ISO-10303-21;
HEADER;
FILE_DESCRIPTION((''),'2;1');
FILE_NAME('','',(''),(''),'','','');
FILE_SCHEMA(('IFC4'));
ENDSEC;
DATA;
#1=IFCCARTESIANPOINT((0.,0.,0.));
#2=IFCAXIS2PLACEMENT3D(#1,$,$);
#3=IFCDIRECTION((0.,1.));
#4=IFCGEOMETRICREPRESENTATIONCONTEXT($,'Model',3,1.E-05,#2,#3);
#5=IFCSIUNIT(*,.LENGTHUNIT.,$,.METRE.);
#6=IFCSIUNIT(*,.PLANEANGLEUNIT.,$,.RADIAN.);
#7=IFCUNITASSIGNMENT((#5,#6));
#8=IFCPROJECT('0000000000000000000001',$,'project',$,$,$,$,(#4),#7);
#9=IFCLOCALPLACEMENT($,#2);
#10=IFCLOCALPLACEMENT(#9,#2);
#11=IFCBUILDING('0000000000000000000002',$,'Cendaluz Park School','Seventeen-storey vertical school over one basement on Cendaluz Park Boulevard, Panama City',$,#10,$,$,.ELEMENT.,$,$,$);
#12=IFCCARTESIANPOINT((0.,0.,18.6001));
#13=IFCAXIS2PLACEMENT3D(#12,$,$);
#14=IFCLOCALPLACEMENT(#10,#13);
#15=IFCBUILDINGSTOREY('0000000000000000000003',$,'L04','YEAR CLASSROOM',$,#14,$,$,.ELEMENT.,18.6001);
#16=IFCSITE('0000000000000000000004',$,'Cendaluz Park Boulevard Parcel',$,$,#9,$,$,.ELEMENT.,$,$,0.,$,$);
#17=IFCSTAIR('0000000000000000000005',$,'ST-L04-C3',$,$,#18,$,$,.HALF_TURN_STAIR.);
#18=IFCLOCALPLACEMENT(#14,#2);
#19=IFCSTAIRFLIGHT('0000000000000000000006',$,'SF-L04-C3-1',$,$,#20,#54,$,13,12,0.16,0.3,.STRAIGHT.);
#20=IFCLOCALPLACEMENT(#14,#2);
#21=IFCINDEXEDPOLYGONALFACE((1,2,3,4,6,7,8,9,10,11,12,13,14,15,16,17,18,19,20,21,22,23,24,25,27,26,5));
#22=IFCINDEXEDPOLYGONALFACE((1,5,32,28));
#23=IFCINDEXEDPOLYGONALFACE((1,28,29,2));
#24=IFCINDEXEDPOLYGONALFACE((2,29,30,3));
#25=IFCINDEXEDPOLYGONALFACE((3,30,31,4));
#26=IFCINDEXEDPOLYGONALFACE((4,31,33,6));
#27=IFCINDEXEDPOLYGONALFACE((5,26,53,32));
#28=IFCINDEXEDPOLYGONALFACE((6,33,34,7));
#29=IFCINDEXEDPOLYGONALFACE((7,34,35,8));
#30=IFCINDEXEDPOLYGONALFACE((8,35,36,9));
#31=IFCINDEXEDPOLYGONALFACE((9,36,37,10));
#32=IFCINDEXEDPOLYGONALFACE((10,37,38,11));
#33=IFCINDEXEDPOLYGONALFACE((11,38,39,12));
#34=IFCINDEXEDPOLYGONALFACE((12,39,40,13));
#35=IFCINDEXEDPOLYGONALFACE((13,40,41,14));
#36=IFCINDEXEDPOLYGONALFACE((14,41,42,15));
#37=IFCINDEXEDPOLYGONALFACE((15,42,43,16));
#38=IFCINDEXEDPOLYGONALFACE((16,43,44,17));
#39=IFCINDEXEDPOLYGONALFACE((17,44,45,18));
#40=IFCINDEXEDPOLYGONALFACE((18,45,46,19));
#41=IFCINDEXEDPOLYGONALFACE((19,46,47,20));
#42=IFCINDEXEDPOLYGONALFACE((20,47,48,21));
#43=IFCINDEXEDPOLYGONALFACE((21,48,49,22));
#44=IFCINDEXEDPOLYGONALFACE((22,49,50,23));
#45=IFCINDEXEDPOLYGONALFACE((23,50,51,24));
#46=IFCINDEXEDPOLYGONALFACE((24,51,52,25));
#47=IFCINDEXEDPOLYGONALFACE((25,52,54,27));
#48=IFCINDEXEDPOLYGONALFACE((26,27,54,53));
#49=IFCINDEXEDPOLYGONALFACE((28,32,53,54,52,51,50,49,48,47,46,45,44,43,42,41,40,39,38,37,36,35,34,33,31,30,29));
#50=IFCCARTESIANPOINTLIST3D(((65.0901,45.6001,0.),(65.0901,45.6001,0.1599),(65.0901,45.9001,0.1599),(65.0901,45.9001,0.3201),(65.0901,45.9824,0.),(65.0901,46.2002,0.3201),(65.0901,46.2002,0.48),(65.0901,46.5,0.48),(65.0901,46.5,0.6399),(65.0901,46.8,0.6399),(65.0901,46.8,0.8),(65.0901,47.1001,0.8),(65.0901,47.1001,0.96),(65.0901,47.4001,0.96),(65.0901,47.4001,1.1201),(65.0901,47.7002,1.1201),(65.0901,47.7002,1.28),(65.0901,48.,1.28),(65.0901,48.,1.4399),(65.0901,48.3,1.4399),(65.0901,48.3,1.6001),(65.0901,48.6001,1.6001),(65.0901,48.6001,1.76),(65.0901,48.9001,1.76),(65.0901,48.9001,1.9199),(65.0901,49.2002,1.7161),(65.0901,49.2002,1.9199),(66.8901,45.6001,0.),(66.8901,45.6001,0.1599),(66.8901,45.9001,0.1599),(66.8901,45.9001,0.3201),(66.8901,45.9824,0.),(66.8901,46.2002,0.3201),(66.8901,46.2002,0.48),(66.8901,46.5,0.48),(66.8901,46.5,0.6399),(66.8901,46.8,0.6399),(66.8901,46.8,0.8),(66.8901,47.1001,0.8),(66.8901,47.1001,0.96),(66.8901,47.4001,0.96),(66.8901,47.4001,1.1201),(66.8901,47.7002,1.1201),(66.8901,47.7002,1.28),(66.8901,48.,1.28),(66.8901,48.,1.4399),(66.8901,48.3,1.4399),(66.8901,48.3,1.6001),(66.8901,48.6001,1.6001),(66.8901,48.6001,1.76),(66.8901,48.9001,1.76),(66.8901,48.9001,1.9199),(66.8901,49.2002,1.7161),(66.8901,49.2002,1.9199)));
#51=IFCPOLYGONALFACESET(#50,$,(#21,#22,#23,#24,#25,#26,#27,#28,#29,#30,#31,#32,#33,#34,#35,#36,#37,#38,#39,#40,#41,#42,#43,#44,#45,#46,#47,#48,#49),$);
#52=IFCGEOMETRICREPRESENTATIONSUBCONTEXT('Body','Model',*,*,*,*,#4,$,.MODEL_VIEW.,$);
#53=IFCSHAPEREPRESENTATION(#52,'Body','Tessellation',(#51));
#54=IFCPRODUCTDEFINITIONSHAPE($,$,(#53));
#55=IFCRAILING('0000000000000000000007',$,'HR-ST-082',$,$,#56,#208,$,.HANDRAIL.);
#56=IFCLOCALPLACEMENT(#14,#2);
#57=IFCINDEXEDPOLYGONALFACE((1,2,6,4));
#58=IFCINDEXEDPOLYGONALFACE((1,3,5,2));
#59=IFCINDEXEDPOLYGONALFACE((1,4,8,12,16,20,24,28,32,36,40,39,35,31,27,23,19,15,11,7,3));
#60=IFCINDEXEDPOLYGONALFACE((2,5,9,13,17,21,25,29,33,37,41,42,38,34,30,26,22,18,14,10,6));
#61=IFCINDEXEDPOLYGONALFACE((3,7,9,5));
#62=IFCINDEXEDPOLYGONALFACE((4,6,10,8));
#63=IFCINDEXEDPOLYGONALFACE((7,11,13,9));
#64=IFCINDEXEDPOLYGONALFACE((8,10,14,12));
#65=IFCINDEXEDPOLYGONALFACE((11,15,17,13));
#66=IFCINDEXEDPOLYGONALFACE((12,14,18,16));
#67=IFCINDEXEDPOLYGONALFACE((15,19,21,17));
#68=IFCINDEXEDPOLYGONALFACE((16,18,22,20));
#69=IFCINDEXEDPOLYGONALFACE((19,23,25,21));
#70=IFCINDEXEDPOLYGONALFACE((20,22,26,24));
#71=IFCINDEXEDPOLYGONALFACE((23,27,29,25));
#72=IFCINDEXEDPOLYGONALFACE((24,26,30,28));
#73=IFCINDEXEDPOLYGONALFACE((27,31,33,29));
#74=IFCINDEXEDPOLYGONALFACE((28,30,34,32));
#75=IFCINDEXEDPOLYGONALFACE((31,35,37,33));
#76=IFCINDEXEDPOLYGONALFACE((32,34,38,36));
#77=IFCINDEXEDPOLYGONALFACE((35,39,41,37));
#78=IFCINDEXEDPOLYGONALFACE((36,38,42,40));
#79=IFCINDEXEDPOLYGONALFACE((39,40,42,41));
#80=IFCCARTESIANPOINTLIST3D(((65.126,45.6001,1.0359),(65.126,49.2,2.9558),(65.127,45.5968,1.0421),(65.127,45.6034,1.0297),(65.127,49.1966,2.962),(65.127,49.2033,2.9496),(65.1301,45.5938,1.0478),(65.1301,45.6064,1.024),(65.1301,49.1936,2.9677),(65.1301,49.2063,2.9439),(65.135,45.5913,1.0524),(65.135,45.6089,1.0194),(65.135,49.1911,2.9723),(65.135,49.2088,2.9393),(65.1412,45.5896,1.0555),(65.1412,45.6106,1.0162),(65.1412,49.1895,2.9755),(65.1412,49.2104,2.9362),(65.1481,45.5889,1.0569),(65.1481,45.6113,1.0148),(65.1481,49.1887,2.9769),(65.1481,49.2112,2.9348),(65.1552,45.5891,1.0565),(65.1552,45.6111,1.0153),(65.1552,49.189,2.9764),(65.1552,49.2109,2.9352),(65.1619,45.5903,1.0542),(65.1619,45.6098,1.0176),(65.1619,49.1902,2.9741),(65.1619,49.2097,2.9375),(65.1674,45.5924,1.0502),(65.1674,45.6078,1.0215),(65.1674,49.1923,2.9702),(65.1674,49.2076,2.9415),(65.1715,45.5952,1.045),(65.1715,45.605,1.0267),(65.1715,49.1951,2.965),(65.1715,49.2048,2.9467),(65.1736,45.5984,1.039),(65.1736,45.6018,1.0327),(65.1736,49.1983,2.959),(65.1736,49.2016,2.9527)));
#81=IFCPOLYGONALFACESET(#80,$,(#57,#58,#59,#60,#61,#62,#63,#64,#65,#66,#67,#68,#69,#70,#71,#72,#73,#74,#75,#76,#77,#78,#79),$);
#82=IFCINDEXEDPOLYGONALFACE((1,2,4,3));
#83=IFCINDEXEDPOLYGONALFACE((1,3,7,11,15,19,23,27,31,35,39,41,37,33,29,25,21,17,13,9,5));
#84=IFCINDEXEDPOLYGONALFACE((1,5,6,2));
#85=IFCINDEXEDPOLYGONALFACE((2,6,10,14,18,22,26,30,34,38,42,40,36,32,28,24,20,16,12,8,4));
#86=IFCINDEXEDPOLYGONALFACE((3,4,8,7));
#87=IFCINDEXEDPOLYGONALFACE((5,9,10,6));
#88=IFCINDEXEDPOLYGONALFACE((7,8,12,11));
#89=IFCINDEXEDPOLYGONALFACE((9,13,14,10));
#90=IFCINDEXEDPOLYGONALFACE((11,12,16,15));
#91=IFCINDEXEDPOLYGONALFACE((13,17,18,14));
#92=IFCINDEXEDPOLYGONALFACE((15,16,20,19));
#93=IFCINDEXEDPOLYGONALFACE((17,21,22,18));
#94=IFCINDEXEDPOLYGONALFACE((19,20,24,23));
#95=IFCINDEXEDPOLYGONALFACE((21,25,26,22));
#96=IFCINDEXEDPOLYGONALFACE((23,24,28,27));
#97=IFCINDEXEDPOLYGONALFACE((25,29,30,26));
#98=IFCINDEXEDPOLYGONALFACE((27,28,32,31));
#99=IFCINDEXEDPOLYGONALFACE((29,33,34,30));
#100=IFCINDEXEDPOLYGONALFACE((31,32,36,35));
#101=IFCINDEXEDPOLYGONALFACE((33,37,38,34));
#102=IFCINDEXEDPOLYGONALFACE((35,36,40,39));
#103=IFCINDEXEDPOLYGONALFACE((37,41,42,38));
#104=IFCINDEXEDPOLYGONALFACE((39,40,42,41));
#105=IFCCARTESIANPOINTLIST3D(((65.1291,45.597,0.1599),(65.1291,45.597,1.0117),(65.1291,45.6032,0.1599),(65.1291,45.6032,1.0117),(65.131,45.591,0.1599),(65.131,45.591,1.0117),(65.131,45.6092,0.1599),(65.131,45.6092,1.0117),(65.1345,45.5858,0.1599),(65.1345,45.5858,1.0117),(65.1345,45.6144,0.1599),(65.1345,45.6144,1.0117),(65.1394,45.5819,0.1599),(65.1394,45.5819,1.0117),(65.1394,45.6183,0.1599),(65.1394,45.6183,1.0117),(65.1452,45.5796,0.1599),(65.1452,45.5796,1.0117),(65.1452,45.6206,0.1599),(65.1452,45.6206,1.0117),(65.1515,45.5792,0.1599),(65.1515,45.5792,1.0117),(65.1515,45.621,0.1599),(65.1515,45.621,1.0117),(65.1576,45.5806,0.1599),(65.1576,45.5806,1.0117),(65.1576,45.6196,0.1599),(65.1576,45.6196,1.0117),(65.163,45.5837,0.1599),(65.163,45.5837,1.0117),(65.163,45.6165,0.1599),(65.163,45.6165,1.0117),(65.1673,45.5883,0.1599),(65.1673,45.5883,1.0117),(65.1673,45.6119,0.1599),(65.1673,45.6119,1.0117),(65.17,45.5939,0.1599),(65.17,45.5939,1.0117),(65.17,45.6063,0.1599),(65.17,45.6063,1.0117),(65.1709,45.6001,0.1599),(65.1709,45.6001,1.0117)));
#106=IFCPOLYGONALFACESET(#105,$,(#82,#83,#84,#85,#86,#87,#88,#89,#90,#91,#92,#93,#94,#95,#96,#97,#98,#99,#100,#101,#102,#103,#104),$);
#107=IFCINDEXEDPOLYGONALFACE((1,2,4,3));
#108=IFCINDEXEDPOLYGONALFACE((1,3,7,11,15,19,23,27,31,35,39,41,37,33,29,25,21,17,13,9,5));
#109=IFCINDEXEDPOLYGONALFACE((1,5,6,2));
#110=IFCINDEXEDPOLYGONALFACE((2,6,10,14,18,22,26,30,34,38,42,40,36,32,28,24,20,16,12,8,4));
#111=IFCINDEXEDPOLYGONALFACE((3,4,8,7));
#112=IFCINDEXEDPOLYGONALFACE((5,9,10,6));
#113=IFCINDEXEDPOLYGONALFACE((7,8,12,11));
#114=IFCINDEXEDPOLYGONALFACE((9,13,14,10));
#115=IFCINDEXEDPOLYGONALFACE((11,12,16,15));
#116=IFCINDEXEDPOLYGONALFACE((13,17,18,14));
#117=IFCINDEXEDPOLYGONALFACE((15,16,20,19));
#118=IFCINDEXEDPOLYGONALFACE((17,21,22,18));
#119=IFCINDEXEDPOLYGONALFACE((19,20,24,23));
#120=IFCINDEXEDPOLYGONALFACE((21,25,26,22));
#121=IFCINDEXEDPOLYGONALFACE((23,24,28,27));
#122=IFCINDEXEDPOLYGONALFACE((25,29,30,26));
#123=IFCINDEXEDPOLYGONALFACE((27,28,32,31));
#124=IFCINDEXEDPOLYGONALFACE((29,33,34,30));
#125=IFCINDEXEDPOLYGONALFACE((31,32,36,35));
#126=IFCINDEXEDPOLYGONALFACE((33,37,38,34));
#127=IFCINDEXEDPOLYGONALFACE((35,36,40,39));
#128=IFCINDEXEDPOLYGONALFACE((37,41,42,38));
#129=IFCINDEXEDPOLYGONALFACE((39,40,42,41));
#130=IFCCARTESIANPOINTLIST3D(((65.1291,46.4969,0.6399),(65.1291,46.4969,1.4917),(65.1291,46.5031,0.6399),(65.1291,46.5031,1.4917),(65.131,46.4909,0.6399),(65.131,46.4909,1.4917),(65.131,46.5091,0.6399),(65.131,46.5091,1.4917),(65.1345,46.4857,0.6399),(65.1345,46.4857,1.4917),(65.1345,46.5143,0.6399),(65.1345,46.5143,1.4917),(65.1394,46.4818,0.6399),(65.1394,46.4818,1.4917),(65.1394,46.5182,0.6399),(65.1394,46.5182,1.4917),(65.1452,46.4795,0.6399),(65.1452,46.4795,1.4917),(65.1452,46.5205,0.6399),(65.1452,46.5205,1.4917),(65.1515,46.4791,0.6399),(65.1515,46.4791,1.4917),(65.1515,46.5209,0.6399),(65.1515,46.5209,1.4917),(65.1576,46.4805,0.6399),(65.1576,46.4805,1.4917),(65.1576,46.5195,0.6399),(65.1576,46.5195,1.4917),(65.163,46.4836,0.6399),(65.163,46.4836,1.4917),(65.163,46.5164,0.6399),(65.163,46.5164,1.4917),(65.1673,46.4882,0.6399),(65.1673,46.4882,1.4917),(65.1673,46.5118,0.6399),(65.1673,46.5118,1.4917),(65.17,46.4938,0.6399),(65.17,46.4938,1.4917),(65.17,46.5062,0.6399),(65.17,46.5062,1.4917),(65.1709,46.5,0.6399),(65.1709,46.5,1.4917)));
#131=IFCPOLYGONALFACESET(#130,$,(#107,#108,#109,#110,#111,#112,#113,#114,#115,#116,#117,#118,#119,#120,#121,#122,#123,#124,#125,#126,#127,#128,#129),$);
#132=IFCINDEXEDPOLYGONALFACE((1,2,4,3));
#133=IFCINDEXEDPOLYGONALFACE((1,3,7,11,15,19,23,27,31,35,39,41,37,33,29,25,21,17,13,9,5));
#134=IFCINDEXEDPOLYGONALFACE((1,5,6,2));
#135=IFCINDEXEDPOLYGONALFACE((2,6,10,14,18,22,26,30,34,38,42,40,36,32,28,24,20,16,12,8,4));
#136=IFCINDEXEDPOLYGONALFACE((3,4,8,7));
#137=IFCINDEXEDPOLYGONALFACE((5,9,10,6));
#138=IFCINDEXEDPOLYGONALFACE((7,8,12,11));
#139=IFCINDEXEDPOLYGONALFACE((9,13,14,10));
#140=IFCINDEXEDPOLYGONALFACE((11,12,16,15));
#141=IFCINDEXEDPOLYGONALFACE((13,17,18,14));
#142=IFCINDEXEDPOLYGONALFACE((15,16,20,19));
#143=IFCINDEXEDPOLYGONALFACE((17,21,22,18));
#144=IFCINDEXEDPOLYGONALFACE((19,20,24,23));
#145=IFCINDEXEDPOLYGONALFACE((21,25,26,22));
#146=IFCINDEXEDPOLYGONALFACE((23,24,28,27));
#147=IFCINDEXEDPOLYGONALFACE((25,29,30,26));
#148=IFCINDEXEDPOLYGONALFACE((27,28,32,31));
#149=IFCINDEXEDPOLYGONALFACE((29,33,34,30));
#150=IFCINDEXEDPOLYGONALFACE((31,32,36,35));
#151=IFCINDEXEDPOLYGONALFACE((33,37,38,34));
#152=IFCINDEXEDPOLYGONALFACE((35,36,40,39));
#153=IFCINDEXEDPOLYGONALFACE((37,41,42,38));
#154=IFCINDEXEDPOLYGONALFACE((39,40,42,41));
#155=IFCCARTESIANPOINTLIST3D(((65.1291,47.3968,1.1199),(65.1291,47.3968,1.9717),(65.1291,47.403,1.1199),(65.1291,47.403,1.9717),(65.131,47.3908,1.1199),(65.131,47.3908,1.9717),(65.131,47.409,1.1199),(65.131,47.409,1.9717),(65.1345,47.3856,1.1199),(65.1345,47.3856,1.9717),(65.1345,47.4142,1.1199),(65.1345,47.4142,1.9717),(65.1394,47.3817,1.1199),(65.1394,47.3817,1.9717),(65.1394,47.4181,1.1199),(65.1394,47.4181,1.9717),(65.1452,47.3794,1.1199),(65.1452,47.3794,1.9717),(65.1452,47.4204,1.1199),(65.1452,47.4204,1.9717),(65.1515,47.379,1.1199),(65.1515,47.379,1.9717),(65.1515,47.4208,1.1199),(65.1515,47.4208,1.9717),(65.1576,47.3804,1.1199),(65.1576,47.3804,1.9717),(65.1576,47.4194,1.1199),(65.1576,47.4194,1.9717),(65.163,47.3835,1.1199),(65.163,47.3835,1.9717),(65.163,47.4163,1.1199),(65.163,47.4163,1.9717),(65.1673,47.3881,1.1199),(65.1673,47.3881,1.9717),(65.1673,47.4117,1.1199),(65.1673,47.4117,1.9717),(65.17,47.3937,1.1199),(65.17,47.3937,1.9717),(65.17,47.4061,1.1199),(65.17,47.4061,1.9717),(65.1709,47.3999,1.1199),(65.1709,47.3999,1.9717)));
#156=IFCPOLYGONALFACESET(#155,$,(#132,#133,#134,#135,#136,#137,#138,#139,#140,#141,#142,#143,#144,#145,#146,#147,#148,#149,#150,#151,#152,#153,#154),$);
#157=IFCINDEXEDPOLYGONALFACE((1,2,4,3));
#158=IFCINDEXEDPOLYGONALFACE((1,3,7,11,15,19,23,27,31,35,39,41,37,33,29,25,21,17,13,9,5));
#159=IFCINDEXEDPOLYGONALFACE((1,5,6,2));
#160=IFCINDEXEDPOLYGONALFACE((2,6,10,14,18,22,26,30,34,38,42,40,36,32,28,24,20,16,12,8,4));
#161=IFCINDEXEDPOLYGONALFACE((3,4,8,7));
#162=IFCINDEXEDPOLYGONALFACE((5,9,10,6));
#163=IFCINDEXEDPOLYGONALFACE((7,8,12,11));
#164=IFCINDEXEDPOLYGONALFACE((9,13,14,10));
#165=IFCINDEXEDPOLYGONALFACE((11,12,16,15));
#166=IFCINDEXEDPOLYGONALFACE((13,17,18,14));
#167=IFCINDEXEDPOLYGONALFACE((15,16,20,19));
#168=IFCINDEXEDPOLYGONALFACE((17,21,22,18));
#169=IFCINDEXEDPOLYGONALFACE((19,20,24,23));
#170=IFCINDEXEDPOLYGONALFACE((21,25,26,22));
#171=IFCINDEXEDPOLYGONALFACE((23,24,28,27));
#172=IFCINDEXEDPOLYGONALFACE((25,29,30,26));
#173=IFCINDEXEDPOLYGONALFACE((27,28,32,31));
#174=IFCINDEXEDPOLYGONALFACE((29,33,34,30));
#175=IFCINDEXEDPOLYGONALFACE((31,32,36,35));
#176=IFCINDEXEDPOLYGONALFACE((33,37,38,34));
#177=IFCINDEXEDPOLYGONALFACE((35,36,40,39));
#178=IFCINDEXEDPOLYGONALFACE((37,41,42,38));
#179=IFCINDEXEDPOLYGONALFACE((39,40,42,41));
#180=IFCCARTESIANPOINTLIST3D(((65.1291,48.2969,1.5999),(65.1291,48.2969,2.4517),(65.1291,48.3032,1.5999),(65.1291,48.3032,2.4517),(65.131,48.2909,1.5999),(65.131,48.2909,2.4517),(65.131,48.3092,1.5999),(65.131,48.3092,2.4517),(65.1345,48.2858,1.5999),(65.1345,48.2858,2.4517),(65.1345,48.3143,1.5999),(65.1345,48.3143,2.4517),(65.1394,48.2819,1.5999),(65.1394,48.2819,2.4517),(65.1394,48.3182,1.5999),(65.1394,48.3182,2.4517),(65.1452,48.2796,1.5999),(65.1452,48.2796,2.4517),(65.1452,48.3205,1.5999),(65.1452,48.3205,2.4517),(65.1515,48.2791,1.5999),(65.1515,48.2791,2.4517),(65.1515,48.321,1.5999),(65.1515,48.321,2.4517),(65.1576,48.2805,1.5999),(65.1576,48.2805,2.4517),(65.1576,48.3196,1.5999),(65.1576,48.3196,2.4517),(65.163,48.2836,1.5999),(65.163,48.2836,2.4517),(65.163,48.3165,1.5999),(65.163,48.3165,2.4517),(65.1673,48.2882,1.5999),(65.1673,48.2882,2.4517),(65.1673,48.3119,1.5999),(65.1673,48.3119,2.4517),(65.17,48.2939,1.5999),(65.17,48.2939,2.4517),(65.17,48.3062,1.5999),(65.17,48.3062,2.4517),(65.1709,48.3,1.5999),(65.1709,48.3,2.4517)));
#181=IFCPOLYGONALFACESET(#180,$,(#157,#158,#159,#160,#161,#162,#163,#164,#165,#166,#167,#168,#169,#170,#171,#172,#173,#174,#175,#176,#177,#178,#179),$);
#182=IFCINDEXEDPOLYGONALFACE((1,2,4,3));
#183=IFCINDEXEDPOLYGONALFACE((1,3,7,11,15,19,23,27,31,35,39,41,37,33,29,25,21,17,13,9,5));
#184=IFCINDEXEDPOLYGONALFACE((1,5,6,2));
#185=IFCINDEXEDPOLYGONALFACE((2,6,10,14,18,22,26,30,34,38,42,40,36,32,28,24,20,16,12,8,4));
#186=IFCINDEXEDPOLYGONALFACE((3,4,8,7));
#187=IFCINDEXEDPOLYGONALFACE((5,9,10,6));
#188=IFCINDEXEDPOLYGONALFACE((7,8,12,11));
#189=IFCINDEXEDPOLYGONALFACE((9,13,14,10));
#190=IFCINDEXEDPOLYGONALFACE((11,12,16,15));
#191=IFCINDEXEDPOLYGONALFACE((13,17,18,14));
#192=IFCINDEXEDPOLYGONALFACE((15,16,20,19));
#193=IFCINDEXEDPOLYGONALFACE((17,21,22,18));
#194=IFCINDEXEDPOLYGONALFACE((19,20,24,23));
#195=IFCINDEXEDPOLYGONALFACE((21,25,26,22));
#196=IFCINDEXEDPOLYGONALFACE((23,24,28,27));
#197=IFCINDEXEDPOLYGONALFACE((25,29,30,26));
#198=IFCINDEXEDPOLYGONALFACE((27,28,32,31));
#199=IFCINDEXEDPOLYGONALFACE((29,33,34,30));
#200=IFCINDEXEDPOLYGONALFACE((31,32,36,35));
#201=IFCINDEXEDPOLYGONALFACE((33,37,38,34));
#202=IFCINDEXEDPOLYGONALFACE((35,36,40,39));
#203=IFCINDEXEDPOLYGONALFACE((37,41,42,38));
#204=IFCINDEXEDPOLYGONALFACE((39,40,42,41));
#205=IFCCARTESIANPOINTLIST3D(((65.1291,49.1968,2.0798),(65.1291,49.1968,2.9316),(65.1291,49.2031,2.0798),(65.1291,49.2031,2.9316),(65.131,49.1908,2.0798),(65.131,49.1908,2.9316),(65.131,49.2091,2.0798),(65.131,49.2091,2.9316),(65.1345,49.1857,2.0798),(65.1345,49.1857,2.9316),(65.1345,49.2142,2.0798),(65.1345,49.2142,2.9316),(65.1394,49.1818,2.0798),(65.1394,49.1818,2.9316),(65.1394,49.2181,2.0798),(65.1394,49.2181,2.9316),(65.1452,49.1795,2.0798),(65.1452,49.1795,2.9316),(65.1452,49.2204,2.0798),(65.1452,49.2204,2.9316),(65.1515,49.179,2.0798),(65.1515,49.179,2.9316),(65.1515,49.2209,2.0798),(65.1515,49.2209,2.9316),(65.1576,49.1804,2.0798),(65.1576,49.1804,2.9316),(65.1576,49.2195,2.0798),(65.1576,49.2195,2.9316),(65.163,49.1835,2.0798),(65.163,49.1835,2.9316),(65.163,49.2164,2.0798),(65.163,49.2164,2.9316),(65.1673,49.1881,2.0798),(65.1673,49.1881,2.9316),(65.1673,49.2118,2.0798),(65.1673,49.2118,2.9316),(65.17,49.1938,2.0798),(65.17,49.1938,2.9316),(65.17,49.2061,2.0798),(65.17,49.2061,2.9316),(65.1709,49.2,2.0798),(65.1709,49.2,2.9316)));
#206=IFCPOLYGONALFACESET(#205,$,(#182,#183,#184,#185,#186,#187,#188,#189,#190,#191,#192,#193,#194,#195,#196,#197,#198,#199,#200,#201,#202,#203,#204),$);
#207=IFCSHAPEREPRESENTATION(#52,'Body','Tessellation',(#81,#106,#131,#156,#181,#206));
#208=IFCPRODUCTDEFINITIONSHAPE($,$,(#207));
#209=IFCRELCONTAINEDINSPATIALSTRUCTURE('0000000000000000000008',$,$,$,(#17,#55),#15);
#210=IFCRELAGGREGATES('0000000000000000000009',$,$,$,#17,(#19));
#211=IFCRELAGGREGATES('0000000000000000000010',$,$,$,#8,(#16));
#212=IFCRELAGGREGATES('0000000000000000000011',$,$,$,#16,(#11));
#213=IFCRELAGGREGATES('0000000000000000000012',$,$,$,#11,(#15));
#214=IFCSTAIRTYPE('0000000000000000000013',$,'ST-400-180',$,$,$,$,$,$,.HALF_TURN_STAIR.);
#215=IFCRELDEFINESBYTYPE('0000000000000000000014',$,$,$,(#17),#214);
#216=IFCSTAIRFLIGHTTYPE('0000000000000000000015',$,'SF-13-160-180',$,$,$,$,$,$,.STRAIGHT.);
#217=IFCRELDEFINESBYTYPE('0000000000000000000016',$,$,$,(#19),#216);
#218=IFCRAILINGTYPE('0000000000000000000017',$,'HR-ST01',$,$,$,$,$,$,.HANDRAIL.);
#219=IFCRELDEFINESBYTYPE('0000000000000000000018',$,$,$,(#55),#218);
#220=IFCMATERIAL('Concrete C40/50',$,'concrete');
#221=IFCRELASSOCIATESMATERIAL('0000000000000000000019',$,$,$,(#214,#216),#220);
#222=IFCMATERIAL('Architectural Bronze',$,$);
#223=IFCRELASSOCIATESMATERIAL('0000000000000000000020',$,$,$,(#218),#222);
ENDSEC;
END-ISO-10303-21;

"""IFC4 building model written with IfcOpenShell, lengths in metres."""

from ifc_helpers import new_model, si_unit, direction, frame, origin, origin_2d, place, context, subcontext, project, spatial, polyline, circle, outline, extrude, material, type_object, element, aggregate, save


model = new_model("IFC4")

# Units and contexts
model_context = context("Model", 3, precision=1e-05, world=origin(), true_north=direction((0.0, 1.0)))
body_context = subcontext(model_context, "Body", "Model", "MODEL_VIEW")
ifc_project = project(units=[si_unit("LENGTHUNIT", "METRE"), si_unit("PLANEANGLEUNIT", "RADIAN")], contexts=[model_context])

# Site, building, storey
site_placement = place(None, origin())
site = spatial("IfcSite", under=ifc_project, at=site_placement, Name="Cendaluz Park Boulevard Parcel", CompositionType="ELEMENT", RefElevation=0.0)
building_placement = place(site_placement, origin())
building = spatial("IfcBuilding", under=site, at=building_placement, Name="Cendaluz Park School", Description="Seventeen-storey vertical school over one basement on Cendaluz Park Boulevard, Panama City", CompositionType="ELEMENT")
storey_placement = place(building_placement, frame((0.0, 0.0, 18.6001)))
storey = spatial("IfcBuildingStorey", under=building, at=storey_placement, Name="L04", Description="YEAR CLASSROOM", CompositionType="ELEMENT", Elevation=18.6001)

# Shared definitions
ifc_material_1 = material(Name="Concrete C40/50", Category="concrete")

# Stair, stair flight
stair_type = type_object("IfcStairType", Name="ST-400-180", PredefinedType="HALF_TURN_STAIR", material=ifc_material_1)
stair_placement = place(storey_placement, origin())
stair = element("IfcStair", 1, at=stair_placement, inside=storey, type_object=stair_type, Name="ST-L04-C3", PredefinedType="HALF_TURN_STAIR")
stair_flight_type_1 = type_object("IfcStairFlightType", Name="SF-13-160-180", PredefinedType="STRAIGHT", material=ifc_material_1)
stair_flight_1_placement = place(storey_placement, frame((65.99, 45.6001, 0.0), z_axis=(0.0, 0.0, 1.0), x_axis=(0.0, 1.0, 0.0)))
stair_flight_1 = element("IfcStairFlight", 2, at=stair_flight_1_placement, type_object=stair_flight_type_1, Name="SF-L04-C3-1", NumberOfRisers=13, NumberOfTreads=12, PredefinedType="STRAIGHT", RiserHeight=0.16, TreadLength=0.3, context=body_context, shape_type="SweptSolid", body=[
    extrude(outline(polyline([(0.0, 0.0), (0.0, 0.1599), (0.3, 0.1599), (0.3, 0.3201), (0.6001, 0.3201), (0.6001, 0.48), (0.8999, 0.48), (0.8999, 0.6399), (1.2, 0.6399), (1.2, 0.8), (1.5, 0.8), (1.5, 0.96), (1.8, 0.96), (1.8, 1.1201), (2.1001, 1.1201), (2.1001, 1.28), (2.3999, 1.28), (2.3999, 1.4399), (2.7, 1.4399), (2.7, 1.6001), (3.0, 1.6001), (3.0, 1.76), (3.3, 1.76), (3.3, 1.9199), (3.6001, 1.9199), (3.6001, 2.0801), (3.6001, 1.7161), (0.3823, 0.0), (0.0, 0.0)])), frame((0.0, 0.8999, 0.0), z_axis=(0.0, -1.0, 0.0), x_axis=(1.0, 0.0, 0.0)), (0.0, 0.0, 1.0), 1.8),
])
aggregate(stair, [stair_flight_1])

# Railing
ifc_material_2 = material(Name="Architectural Bronze")
railing_type_1 = type_object("IfcRailingType", Name="HR-ST01", PredefinedType="HANDRAIL", material=ifc_material_2)
railing_1_placement = place(storey_placement, frame((65.1499, 45.6001, 0.1599)))
element("IfcRailing", 3, at=railing_1_placement, inside=storey, type_object=railing_type_1, Name="HR-ST-082", PredefinedType="HANDRAIL", context=body_context, shape_type="SweptSolid", body=[
    extrude(circle(Radius=0.0239, at=origin_2d()), frame((0.0, 0.0, 0.876), z_axis=(0.0, 0.882353, 0.470588), x_axis=(-1.0, 0.0, 0.0)), (0.0, 0.0, 1.0), 4.0798),
    extrude(circle(Radius=0.021, at=origin_2d()), origin(), (0.0, 0.0, 1.0), 0.8518),
    extrude(circle(Radius=0.021, at=origin_2d()), frame((0.0, 0.8999, 0.48)), (0.0, 0.0, 1.0), 0.8518),
    extrude(circle(Radius=0.021, at=origin_2d()), frame((0.0, 1.7998, 0.96)), (0.0, 0.0, 1.0), 0.8518),
    extrude(circle(Radius=0.021, at=origin_2d()), frame((0.0, 2.7, 1.4399)), (0.0, 0.0, 1.0), 0.8518),
    extrude(circle(Radius=0.021, at=origin_2d()), frame((0.0, 3.5999, 1.9199)), (0.0, 0.0, 1.0), 0.8518),
])

save(model, "model.ifc")
